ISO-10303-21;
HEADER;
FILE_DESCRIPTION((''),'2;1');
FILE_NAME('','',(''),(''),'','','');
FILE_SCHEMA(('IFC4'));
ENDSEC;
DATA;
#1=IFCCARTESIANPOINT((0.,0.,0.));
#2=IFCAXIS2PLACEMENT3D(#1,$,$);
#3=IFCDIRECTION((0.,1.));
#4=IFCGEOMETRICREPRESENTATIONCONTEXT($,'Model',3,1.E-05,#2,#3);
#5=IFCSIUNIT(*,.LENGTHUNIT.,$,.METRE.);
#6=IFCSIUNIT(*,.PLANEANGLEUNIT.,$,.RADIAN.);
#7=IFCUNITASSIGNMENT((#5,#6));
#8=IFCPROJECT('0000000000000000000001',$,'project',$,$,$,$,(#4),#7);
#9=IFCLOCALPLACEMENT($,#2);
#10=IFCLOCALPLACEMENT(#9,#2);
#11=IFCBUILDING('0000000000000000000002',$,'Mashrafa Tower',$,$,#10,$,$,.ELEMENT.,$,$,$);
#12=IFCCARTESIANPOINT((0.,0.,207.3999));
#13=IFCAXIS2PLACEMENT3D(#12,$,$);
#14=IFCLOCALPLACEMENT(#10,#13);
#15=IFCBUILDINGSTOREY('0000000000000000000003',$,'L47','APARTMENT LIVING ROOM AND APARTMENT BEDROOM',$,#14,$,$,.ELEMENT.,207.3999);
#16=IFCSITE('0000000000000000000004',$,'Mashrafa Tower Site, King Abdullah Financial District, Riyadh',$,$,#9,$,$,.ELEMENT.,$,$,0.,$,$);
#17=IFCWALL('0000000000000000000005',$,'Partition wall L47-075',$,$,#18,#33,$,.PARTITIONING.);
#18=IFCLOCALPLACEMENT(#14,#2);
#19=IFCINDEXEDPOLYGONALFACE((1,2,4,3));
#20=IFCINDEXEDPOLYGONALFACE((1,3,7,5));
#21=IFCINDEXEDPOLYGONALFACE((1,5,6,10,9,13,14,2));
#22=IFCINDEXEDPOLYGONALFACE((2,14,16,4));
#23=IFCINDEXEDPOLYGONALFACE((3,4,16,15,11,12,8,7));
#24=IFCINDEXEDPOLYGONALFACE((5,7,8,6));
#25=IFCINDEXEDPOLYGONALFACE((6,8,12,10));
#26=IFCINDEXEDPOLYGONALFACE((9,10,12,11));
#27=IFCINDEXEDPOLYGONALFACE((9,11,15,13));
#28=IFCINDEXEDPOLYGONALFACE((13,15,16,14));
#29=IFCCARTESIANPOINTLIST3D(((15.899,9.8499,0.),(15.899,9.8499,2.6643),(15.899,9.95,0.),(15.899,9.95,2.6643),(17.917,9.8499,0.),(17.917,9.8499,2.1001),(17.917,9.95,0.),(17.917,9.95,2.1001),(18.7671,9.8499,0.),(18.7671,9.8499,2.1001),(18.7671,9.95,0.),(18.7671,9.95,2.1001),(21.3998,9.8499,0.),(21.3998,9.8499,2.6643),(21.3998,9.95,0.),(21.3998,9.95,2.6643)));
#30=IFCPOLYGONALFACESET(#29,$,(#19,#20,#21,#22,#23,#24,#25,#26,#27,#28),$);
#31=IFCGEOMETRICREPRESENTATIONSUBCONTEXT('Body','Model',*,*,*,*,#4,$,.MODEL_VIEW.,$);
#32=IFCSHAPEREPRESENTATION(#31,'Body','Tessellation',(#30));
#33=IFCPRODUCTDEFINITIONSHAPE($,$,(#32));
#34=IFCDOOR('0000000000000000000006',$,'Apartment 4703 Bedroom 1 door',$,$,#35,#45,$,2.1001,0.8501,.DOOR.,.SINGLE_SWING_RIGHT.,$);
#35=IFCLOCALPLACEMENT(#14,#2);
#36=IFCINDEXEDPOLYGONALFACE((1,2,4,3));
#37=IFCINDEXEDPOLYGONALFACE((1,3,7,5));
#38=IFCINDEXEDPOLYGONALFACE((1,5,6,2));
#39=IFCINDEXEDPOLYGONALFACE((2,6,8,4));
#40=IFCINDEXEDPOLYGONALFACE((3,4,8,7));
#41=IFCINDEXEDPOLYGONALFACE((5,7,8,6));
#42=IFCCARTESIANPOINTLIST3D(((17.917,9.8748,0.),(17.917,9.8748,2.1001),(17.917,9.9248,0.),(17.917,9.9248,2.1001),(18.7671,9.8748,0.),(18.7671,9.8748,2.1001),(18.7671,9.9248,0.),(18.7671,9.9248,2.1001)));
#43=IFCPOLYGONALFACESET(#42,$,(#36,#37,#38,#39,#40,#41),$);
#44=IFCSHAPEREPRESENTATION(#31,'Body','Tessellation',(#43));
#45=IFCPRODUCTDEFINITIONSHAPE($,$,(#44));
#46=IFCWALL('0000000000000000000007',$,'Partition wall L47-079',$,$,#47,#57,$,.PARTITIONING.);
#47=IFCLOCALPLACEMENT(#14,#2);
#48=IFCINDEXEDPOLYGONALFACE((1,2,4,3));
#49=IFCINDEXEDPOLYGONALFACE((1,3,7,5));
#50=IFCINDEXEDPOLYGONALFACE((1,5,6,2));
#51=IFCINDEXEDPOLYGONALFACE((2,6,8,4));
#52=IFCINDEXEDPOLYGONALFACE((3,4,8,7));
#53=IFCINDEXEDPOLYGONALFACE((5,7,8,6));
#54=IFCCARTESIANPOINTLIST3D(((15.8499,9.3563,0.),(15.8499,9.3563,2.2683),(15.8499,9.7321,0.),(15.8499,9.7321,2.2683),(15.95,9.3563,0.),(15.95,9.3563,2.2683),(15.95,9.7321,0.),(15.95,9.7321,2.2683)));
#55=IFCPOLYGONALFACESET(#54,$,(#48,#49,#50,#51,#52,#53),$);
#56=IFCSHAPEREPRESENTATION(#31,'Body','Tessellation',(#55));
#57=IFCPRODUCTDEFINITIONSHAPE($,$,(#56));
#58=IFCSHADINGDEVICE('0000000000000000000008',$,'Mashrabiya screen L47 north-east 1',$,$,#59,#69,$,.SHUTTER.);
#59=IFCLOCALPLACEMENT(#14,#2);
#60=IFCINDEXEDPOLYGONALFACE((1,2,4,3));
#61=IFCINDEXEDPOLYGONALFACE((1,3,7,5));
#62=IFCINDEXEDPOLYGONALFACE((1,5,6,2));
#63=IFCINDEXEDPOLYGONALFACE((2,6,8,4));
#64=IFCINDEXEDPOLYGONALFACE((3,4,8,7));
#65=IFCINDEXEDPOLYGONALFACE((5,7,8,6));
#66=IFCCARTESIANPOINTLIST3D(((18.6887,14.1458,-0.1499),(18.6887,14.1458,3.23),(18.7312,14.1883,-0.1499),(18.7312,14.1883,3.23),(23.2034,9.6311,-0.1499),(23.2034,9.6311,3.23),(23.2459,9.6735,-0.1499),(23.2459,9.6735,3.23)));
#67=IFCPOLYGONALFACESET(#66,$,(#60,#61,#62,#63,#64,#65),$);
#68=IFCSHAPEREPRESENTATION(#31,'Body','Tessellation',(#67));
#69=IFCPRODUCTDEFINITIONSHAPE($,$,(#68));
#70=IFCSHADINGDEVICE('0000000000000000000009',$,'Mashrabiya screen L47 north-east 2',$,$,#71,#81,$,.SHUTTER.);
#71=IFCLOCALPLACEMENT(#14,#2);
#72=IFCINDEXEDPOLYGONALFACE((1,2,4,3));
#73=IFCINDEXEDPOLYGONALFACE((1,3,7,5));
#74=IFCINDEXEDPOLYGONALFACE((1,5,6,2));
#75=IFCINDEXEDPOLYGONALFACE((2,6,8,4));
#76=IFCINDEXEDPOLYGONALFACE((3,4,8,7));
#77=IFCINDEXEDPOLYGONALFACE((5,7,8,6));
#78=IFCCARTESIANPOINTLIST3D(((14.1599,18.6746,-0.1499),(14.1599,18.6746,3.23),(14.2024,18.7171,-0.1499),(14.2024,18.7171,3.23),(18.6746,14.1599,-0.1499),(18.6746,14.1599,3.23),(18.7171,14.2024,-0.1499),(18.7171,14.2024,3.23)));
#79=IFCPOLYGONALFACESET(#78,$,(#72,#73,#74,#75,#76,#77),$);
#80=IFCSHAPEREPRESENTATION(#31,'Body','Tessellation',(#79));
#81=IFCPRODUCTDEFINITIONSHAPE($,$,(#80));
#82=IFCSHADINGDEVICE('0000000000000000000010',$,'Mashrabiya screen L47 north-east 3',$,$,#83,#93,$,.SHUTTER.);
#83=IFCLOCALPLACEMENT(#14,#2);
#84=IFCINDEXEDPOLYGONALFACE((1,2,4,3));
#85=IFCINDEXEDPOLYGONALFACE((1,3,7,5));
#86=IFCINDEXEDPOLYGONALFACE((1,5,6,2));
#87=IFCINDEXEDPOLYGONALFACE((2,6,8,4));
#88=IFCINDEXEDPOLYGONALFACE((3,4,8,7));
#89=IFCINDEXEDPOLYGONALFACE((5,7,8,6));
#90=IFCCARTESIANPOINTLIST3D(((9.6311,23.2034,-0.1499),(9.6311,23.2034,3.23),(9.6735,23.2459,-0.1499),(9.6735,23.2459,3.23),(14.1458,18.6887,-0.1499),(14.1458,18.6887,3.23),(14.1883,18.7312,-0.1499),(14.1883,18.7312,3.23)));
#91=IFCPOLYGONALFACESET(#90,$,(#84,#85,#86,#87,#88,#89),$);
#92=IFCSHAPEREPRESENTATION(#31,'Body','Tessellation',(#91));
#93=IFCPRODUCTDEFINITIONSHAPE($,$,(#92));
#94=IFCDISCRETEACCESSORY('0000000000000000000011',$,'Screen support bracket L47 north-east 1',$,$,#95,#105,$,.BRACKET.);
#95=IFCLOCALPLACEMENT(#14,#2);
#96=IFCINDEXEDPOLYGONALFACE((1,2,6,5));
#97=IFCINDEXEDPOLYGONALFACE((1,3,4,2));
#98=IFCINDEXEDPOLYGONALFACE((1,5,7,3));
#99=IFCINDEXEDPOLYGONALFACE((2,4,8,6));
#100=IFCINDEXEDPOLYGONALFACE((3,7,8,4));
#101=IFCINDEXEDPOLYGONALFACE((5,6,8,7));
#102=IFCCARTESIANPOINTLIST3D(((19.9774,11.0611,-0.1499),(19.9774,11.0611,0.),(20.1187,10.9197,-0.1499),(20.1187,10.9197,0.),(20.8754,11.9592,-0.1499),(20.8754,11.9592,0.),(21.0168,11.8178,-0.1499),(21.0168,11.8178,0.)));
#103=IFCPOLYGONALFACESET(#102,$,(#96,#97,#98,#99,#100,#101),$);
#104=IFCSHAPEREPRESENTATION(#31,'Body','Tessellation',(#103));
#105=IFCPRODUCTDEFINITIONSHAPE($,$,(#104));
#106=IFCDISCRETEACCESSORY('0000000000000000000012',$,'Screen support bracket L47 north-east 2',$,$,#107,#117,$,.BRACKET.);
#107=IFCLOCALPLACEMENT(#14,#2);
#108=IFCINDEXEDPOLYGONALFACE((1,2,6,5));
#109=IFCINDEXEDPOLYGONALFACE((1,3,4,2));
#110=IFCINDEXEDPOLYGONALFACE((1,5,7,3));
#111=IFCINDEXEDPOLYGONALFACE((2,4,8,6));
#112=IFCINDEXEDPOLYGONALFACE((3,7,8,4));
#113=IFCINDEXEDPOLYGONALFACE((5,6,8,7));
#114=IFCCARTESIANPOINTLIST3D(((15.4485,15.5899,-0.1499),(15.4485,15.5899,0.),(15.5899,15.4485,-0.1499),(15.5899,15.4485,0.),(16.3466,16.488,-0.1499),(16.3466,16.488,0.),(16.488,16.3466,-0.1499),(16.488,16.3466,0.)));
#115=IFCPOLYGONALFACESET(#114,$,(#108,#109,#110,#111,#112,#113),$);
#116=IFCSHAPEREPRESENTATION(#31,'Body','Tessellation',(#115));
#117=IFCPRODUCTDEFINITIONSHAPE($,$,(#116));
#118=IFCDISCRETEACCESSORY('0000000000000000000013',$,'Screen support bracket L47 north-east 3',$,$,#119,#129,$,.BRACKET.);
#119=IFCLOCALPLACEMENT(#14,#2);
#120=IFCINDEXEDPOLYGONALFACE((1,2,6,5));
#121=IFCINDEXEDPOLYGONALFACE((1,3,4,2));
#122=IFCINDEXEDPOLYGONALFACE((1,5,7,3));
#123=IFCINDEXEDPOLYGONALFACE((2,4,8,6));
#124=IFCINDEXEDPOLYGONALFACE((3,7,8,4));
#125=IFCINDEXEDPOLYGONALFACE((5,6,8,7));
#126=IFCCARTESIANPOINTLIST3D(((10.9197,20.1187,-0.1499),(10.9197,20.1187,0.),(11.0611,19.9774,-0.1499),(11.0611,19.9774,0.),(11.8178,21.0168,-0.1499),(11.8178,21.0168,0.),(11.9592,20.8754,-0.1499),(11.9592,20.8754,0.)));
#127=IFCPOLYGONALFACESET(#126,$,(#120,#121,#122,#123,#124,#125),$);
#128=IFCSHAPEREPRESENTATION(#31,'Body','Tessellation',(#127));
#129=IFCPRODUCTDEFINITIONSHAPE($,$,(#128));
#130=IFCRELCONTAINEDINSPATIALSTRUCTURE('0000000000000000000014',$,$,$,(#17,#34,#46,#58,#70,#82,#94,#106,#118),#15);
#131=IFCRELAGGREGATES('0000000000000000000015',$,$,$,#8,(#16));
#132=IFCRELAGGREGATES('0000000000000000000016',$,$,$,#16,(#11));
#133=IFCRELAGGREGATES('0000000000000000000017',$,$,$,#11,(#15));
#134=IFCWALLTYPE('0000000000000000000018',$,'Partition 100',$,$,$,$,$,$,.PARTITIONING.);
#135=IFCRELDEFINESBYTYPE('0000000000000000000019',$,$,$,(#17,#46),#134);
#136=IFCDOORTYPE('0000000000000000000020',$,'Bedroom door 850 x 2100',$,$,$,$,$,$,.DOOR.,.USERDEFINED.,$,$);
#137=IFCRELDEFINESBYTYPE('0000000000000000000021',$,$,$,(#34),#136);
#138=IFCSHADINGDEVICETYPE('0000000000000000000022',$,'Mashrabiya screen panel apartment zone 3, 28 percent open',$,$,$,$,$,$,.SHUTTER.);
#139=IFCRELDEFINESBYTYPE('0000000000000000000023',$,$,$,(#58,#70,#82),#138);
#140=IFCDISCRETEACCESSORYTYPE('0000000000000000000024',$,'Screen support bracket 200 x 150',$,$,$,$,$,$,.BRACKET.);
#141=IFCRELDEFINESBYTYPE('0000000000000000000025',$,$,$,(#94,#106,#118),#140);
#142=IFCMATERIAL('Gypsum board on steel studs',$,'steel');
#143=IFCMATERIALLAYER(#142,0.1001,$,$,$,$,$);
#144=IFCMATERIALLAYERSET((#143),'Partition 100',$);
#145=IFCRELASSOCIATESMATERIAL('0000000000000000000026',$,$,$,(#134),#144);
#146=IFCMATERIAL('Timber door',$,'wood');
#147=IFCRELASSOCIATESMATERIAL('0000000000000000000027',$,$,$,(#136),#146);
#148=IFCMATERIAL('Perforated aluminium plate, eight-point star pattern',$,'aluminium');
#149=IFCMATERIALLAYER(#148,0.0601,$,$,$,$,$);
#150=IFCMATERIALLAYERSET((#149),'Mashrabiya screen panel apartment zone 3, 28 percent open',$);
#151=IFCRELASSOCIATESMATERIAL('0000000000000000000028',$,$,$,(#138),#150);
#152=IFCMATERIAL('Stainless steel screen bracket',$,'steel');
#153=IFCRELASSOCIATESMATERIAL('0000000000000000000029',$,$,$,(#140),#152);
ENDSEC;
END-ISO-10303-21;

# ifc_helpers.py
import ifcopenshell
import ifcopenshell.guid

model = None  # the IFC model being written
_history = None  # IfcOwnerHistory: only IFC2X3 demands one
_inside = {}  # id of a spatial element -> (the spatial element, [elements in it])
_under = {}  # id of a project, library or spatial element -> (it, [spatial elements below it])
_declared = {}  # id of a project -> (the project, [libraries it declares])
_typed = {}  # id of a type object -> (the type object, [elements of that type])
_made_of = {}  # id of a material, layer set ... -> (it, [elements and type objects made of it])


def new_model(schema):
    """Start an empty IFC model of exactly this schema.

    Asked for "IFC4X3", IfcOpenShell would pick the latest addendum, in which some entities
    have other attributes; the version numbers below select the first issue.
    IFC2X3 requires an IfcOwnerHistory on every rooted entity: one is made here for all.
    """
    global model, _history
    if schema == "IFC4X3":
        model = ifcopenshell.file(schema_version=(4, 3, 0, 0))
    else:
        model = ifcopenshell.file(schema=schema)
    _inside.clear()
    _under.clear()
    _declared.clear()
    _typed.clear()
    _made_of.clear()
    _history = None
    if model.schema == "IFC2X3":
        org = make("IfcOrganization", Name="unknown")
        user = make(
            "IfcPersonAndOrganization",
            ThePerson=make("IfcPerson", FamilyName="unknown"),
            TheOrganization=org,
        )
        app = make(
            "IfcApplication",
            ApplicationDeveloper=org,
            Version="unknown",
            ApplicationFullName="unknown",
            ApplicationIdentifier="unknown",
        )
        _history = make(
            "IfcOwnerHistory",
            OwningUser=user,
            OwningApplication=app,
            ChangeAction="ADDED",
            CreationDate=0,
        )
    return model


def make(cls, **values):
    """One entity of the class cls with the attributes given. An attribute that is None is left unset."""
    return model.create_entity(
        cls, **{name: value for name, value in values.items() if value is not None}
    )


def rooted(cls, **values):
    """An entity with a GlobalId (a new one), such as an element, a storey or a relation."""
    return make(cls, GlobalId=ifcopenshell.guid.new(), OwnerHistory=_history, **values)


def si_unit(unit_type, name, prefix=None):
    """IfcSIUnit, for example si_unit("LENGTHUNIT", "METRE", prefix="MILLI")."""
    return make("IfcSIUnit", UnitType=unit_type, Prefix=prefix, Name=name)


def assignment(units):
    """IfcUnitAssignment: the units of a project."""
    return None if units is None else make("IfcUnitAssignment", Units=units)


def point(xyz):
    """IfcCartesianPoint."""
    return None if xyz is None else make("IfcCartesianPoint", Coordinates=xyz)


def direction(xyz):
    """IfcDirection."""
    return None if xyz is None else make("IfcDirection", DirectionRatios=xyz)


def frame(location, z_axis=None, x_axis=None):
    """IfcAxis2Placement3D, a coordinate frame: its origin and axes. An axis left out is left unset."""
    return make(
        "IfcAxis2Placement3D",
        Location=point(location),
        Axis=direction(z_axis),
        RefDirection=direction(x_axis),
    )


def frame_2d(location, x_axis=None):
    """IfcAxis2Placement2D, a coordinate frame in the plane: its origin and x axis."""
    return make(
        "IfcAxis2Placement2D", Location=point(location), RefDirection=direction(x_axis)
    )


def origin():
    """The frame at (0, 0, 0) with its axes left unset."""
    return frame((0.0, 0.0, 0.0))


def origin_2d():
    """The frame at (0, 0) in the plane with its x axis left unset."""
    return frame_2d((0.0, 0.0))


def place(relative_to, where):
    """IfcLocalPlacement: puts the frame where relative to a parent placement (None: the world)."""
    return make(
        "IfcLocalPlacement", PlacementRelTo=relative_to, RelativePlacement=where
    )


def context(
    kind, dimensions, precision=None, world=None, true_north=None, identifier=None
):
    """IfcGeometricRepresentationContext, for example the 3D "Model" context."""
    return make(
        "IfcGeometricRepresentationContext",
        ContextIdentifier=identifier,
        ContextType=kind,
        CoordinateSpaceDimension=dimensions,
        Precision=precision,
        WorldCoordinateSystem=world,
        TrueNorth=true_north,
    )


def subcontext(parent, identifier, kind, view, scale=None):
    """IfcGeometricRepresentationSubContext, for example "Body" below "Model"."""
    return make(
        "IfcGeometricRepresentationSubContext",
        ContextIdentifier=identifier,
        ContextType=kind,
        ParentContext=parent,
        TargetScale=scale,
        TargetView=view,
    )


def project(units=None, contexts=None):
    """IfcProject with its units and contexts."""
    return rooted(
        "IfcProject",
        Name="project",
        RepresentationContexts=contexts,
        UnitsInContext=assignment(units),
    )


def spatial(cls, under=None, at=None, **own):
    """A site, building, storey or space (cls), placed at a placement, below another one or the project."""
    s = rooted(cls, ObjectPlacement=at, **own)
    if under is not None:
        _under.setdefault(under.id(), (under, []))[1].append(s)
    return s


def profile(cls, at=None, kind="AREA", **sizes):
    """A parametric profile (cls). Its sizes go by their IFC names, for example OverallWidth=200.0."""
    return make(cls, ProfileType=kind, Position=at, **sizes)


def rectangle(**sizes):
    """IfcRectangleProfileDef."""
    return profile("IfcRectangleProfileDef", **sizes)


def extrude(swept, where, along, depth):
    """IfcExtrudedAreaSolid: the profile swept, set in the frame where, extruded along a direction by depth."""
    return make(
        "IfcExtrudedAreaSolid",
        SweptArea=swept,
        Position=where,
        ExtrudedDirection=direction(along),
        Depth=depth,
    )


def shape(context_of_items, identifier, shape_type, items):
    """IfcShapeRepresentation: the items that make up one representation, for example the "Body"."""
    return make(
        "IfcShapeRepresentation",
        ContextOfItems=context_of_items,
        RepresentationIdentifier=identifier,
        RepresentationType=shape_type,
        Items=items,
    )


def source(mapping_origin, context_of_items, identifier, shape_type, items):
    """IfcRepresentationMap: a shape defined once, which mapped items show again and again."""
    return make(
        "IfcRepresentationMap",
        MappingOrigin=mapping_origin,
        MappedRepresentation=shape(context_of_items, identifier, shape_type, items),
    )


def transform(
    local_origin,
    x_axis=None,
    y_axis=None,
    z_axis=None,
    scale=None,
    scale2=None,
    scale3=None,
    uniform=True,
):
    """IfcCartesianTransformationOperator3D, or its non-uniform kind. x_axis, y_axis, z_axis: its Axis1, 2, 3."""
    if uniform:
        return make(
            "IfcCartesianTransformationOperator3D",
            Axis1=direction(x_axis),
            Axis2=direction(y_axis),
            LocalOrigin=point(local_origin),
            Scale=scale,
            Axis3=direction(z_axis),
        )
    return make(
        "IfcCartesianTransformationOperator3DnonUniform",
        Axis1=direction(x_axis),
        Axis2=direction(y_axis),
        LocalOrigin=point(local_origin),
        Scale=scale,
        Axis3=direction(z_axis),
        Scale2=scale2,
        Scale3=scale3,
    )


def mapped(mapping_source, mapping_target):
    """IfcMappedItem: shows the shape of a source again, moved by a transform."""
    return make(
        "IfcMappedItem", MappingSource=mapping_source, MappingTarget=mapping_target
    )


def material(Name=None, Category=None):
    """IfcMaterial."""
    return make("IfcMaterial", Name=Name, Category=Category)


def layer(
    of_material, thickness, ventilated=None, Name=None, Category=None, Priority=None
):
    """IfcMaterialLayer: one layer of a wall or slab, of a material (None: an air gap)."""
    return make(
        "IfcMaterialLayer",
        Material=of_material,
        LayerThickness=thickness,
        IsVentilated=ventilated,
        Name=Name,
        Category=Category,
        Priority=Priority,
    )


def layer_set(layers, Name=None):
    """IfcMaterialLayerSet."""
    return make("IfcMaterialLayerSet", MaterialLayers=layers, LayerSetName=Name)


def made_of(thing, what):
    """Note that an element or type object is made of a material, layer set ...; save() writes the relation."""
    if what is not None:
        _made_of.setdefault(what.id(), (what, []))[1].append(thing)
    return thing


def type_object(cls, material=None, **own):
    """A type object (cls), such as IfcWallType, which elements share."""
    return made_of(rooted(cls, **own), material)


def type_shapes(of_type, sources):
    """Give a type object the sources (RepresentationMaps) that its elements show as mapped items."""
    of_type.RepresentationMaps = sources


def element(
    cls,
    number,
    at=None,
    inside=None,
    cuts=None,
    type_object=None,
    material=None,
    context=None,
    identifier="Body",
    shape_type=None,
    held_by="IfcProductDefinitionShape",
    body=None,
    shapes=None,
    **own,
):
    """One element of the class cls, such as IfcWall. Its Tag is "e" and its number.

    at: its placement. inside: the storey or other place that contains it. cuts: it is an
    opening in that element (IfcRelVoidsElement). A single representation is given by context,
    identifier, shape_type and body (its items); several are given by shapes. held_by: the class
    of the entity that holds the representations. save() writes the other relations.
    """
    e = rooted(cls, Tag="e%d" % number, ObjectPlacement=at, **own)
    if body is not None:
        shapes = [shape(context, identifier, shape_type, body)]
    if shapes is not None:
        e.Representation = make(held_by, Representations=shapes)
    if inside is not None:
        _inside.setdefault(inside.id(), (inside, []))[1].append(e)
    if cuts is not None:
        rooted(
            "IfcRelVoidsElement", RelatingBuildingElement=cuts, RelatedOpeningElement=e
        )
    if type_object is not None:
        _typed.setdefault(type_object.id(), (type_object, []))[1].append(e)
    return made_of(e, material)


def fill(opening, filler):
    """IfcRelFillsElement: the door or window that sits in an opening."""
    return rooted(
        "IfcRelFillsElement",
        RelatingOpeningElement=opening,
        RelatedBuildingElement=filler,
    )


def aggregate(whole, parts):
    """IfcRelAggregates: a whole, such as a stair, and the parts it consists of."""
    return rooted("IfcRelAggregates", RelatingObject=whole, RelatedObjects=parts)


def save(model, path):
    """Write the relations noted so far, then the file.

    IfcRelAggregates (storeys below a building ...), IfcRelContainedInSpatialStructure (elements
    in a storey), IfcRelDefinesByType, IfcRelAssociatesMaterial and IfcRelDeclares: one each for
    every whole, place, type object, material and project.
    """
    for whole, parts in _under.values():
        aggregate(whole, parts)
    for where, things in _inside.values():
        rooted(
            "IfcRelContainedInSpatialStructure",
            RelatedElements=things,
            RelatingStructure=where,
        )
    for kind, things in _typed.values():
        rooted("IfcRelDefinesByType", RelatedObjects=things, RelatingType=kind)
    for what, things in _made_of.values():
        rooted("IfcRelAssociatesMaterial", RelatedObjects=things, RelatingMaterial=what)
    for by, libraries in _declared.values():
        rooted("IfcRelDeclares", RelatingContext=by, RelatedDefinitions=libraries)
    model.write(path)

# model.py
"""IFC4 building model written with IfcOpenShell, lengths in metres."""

from ifc_helpers import new_model, si_unit, direction, frame, frame_2d, origin, origin_2d, place, context, subcontext, project, spatial, rectangle, extrude, source, transform, mapped, material, layer, layer_set, type_object, type_shapes, element, fill, save


model = new_model("IFC4")

# Units and contexts
model_context = context("Model", 3, precision=1e-05, world=origin(), true_north=direction((0.0, 1.0)))
body_context = subcontext(model_context, "Body", "Model", "MODEL_VIEW")
ifc_project = project(units=[si_unit("LENGTHUNIT", "METRE"), si_unit("PLANEANGLEUNIT", "RADIAN")], contexts=[model_context])

# Site, building, storey
site_placement = place(None, origin())
site = spatial("IfcSite", under=ifc_project, at=site_placement, Name="Mashrafa Tower Site, King Abdullah Financial District, Riyadh", CompositionType="ELEMENT", RefElevation=0.0)
building_placement = place(site_placement, origin())
building = spatial("IfcBuilding", under=site, at=building_placement, Name="Mashrafa Tower", CompositionType="ELEMENT")
storey_placement = place(building_placement, frame((0.0, 0.0, 207.3999)))
storey = spatial("IfcBuildingStorey", under=building, at=storey_placement, Name="L47", Description="APARTMENT LIVING ROOM AND APARTMENT BEDROOM", CompositionType="ELEMENT", Elevation=207.3999)

# Shared definitions
ifc_material_1 = material(Name="Gypsum board on steel studs", Category="steel")
ifc_layer_1 = layer(ifc_material_1, 0.1001)
ifc_layer_set_1 = layer_set([ifc_layer_1], Name="Partition 100")
wall_type_1 = type_object("IfcWallType", Name="Partition 100", PredefinedType="PARTITIONING", material=ifc_layer_set_1)

# Wall, opening, door
wall_1_placement = place(storey_placement, frame((15.8989, 9.8999, 0.0), z_axis=(0.0, 0.0, 1.0), x_axis=(1.0, 0.0, 0.0)))
wall_1 = element("IfcWall", 1, at=wall_1_placement, inside=storey, type_object=wall_type_1, Name="Partition wall L47-075", PredefinedType="PARTITIONING", context=body_context, shape_type="SweptSolid", body=[
    extrude(rectangle(XDim=5.5007, YDim=0.1001, at=frame_2d((2.7505, 0.0))), origin(), (0.0, 0.0, 1.0), 2.6643),
])
opening_placement = place(wall_1_placement, frame((2.0181, 0.0, 0.0)))
opening = element("IfcOpeningElement", 2, at=opening_placement, cuts=wall_1, PredefinedType="OPENING", context=body_context, shape_type="SweptSolid", body=[
    extrude(rectangle(XDim=0.8501, YDim=2.1001, at=frame_2d((0.425, 1.05))), frame((0.0, 0.0601, 0.0), z_axis=(0.0, -1.0, 0.0), x_axis=(1.0, 0.0, 0.0)), (0.0, 0.0, 1.0), 0.1201),
])
ifc_material_2 = material(Name="Timber door", Category="wood")
door_type = type_object("IfcDoorType", Name="Bedroom door 850 x 2100", OperationType="USERDEFINED", PredefinedType="DOOR", material=ifc_material_2)
door_placement = place(opening_placement, origin())
door = element("IfcDoor", 3, at=door_placement, inside=storey, type_object=door_type, Name="Apartment 4703 Bedroom 1 door", OperationType="SINGLE_SWING_RIGHT", OverallHeight=2.1001, OverallWidth=0.8501, PredefinedType="DOOR", context=body_context, shape_type="SweptSolid", body=[
    extrude(rectangle(XDim=0.8501, YDim=2.1001, at=frame_2d((0.425, 1.05))), frame((0.0, 0.0249, 0.0), z_axis=(0.0, -1.0, 0.0), x_axis=(1.0, 0.0, 0.0)), (0.0, 0.0, 1.0), 0.05),
])
fill(opening, door)

# Wall
wall_2_placement = place(storey_placement, frame((15.8999, 9.3562, 0.0), z_axis=(0.0, 0.0, 1.0), x_axis=(0.0, 1.0, 0.0)))
element("IfcWall", 4, at=wall_2_placement, inside=storey, type_object=wall_type_1, Name="Partition wall L47-079", PredefinedType="PARTITIONING", context=body_context, shape_type="SweptSolid", body=[
    extrude(rectangle(XDim=0.3757, YDim=0.1001, at=frame_2d((0.188, 0.0))), origin(), (0.0, 0.0, 1.0), 2.2683),
])

# Shading devices
ifc_material_3 = material(Name="Perforated aluminium plate, eight-point star pattern", Category="aluminium")
ifc_layer_2 = layer(ifc_material_3, 0.0601)
ifc_layer_set_2 = layer_set([ifc_layer_2], Name="Mashrabiya screen panel apartment zone 3, 28 percent open")
shading_device_type = type_object("IfcShadingDeviceType", Name="Mashrabiya screen panel apartment zone 3, 28 percent open", PredefinedType="SHUTTER", material=ifc_layer_set_2)
shared_shape_1 = source(origin(), body_context, "Body", "SweptSolid", [
    extrude(rectangle(XDim=6.3848, YDim=0.0601, at=origin_2d()), origin(), (0.0, 0.0, 1.0), 3.3799),
])
type_shapes(shading_device_type, [shared_shape_1])
for number, where, z_axis, x_axis, name in (
    (5, (20.9673, 11.9097, -0.1499), (0.0, 0.0, 1.0), (-0.707107, 0.707107, 0.0), "Mashrabiya screen L47 north-east 1"),
    (6, (16.4385, 16.4385, -0.1499), (0.0, 0.0, 1.0), (-0.707107, 0.707107, 0.0), "Mashrabiya screen L47 north-east 2"),
    (7, (11.9097, 20.9673, -0.1499), (0.0, 0.0, 1.0), (-0.707107, 0.707107, 0.0), "Mashrabiya screen L47 north-east 3"),
):
    element("IfcShadingDevice", number, at=place(storey_placement, frame(where, z_axis=z_axis, x_axis=x_axis)), inside=storey, type_object=shading_device_type, Name=name, PredefinedType="SHUTTER", context=body_context, shape_type="MappedRepresentation", body=[
        mapped(shared_shape_1, transform((0.0, 0.0, 0.0))),
    ])

# Discrete accessories
ifc_material_4 = material(Name="Stainless steel screen bracket", Category="steel")
discrete_accessory_type = type_object("IfcDiscreteAccessoryType", Name="Screen support bracket 200 x 150", PredefinedType="BRACKET", material=ifc_material_4)
shared_shape_2 = source(origin(), body_context, "Body", "SweptSolid", [
    extrude(rectangle(XDim=0.2, YDim=1.27, at=origin_2d()), origin(), (0.0, 0.0, 1.0), 0.1499),
])
type_shapes(discrete_accessory_type, [shared_shape_2])
for number, where, z_axis, x_axis, name in (
    (8, (20.4971, 11.4395, -0.1499), (0.0, 0.0, 1.0), (-0.707107, 0.707107, 0.0), "Screen support bracket L47 north-east 1"),
    (9, (15.9683, 15.9683, -0.1499), (0.0, 0.0, 1.0), (-0.707107, 0.707107, 0.0), "Screen support bracket L47 north-east 2"),
    (10, (11.4395, 20.4971, -0.1499), (0.0, 0.0, 1.0), (-0.707107, 0.707107, 0.0), "Screen support bracket L47 north-east 3"),
):
    element("IfcDiscreteAccessory", number, at=place(storey_placement, frame(where, z_axis=z_axis, x_axis=x_axis)), inside=storey, type_object=discrete_accessory_type, Name=name, PredefinedType="BRACKET", context=body_context, shape_type="MappedRepresentation", body=[
        mapped(shared_shape_2, transform((0.0, 0.0, 0.0))),
    ])

save(model, "model.ifc")
